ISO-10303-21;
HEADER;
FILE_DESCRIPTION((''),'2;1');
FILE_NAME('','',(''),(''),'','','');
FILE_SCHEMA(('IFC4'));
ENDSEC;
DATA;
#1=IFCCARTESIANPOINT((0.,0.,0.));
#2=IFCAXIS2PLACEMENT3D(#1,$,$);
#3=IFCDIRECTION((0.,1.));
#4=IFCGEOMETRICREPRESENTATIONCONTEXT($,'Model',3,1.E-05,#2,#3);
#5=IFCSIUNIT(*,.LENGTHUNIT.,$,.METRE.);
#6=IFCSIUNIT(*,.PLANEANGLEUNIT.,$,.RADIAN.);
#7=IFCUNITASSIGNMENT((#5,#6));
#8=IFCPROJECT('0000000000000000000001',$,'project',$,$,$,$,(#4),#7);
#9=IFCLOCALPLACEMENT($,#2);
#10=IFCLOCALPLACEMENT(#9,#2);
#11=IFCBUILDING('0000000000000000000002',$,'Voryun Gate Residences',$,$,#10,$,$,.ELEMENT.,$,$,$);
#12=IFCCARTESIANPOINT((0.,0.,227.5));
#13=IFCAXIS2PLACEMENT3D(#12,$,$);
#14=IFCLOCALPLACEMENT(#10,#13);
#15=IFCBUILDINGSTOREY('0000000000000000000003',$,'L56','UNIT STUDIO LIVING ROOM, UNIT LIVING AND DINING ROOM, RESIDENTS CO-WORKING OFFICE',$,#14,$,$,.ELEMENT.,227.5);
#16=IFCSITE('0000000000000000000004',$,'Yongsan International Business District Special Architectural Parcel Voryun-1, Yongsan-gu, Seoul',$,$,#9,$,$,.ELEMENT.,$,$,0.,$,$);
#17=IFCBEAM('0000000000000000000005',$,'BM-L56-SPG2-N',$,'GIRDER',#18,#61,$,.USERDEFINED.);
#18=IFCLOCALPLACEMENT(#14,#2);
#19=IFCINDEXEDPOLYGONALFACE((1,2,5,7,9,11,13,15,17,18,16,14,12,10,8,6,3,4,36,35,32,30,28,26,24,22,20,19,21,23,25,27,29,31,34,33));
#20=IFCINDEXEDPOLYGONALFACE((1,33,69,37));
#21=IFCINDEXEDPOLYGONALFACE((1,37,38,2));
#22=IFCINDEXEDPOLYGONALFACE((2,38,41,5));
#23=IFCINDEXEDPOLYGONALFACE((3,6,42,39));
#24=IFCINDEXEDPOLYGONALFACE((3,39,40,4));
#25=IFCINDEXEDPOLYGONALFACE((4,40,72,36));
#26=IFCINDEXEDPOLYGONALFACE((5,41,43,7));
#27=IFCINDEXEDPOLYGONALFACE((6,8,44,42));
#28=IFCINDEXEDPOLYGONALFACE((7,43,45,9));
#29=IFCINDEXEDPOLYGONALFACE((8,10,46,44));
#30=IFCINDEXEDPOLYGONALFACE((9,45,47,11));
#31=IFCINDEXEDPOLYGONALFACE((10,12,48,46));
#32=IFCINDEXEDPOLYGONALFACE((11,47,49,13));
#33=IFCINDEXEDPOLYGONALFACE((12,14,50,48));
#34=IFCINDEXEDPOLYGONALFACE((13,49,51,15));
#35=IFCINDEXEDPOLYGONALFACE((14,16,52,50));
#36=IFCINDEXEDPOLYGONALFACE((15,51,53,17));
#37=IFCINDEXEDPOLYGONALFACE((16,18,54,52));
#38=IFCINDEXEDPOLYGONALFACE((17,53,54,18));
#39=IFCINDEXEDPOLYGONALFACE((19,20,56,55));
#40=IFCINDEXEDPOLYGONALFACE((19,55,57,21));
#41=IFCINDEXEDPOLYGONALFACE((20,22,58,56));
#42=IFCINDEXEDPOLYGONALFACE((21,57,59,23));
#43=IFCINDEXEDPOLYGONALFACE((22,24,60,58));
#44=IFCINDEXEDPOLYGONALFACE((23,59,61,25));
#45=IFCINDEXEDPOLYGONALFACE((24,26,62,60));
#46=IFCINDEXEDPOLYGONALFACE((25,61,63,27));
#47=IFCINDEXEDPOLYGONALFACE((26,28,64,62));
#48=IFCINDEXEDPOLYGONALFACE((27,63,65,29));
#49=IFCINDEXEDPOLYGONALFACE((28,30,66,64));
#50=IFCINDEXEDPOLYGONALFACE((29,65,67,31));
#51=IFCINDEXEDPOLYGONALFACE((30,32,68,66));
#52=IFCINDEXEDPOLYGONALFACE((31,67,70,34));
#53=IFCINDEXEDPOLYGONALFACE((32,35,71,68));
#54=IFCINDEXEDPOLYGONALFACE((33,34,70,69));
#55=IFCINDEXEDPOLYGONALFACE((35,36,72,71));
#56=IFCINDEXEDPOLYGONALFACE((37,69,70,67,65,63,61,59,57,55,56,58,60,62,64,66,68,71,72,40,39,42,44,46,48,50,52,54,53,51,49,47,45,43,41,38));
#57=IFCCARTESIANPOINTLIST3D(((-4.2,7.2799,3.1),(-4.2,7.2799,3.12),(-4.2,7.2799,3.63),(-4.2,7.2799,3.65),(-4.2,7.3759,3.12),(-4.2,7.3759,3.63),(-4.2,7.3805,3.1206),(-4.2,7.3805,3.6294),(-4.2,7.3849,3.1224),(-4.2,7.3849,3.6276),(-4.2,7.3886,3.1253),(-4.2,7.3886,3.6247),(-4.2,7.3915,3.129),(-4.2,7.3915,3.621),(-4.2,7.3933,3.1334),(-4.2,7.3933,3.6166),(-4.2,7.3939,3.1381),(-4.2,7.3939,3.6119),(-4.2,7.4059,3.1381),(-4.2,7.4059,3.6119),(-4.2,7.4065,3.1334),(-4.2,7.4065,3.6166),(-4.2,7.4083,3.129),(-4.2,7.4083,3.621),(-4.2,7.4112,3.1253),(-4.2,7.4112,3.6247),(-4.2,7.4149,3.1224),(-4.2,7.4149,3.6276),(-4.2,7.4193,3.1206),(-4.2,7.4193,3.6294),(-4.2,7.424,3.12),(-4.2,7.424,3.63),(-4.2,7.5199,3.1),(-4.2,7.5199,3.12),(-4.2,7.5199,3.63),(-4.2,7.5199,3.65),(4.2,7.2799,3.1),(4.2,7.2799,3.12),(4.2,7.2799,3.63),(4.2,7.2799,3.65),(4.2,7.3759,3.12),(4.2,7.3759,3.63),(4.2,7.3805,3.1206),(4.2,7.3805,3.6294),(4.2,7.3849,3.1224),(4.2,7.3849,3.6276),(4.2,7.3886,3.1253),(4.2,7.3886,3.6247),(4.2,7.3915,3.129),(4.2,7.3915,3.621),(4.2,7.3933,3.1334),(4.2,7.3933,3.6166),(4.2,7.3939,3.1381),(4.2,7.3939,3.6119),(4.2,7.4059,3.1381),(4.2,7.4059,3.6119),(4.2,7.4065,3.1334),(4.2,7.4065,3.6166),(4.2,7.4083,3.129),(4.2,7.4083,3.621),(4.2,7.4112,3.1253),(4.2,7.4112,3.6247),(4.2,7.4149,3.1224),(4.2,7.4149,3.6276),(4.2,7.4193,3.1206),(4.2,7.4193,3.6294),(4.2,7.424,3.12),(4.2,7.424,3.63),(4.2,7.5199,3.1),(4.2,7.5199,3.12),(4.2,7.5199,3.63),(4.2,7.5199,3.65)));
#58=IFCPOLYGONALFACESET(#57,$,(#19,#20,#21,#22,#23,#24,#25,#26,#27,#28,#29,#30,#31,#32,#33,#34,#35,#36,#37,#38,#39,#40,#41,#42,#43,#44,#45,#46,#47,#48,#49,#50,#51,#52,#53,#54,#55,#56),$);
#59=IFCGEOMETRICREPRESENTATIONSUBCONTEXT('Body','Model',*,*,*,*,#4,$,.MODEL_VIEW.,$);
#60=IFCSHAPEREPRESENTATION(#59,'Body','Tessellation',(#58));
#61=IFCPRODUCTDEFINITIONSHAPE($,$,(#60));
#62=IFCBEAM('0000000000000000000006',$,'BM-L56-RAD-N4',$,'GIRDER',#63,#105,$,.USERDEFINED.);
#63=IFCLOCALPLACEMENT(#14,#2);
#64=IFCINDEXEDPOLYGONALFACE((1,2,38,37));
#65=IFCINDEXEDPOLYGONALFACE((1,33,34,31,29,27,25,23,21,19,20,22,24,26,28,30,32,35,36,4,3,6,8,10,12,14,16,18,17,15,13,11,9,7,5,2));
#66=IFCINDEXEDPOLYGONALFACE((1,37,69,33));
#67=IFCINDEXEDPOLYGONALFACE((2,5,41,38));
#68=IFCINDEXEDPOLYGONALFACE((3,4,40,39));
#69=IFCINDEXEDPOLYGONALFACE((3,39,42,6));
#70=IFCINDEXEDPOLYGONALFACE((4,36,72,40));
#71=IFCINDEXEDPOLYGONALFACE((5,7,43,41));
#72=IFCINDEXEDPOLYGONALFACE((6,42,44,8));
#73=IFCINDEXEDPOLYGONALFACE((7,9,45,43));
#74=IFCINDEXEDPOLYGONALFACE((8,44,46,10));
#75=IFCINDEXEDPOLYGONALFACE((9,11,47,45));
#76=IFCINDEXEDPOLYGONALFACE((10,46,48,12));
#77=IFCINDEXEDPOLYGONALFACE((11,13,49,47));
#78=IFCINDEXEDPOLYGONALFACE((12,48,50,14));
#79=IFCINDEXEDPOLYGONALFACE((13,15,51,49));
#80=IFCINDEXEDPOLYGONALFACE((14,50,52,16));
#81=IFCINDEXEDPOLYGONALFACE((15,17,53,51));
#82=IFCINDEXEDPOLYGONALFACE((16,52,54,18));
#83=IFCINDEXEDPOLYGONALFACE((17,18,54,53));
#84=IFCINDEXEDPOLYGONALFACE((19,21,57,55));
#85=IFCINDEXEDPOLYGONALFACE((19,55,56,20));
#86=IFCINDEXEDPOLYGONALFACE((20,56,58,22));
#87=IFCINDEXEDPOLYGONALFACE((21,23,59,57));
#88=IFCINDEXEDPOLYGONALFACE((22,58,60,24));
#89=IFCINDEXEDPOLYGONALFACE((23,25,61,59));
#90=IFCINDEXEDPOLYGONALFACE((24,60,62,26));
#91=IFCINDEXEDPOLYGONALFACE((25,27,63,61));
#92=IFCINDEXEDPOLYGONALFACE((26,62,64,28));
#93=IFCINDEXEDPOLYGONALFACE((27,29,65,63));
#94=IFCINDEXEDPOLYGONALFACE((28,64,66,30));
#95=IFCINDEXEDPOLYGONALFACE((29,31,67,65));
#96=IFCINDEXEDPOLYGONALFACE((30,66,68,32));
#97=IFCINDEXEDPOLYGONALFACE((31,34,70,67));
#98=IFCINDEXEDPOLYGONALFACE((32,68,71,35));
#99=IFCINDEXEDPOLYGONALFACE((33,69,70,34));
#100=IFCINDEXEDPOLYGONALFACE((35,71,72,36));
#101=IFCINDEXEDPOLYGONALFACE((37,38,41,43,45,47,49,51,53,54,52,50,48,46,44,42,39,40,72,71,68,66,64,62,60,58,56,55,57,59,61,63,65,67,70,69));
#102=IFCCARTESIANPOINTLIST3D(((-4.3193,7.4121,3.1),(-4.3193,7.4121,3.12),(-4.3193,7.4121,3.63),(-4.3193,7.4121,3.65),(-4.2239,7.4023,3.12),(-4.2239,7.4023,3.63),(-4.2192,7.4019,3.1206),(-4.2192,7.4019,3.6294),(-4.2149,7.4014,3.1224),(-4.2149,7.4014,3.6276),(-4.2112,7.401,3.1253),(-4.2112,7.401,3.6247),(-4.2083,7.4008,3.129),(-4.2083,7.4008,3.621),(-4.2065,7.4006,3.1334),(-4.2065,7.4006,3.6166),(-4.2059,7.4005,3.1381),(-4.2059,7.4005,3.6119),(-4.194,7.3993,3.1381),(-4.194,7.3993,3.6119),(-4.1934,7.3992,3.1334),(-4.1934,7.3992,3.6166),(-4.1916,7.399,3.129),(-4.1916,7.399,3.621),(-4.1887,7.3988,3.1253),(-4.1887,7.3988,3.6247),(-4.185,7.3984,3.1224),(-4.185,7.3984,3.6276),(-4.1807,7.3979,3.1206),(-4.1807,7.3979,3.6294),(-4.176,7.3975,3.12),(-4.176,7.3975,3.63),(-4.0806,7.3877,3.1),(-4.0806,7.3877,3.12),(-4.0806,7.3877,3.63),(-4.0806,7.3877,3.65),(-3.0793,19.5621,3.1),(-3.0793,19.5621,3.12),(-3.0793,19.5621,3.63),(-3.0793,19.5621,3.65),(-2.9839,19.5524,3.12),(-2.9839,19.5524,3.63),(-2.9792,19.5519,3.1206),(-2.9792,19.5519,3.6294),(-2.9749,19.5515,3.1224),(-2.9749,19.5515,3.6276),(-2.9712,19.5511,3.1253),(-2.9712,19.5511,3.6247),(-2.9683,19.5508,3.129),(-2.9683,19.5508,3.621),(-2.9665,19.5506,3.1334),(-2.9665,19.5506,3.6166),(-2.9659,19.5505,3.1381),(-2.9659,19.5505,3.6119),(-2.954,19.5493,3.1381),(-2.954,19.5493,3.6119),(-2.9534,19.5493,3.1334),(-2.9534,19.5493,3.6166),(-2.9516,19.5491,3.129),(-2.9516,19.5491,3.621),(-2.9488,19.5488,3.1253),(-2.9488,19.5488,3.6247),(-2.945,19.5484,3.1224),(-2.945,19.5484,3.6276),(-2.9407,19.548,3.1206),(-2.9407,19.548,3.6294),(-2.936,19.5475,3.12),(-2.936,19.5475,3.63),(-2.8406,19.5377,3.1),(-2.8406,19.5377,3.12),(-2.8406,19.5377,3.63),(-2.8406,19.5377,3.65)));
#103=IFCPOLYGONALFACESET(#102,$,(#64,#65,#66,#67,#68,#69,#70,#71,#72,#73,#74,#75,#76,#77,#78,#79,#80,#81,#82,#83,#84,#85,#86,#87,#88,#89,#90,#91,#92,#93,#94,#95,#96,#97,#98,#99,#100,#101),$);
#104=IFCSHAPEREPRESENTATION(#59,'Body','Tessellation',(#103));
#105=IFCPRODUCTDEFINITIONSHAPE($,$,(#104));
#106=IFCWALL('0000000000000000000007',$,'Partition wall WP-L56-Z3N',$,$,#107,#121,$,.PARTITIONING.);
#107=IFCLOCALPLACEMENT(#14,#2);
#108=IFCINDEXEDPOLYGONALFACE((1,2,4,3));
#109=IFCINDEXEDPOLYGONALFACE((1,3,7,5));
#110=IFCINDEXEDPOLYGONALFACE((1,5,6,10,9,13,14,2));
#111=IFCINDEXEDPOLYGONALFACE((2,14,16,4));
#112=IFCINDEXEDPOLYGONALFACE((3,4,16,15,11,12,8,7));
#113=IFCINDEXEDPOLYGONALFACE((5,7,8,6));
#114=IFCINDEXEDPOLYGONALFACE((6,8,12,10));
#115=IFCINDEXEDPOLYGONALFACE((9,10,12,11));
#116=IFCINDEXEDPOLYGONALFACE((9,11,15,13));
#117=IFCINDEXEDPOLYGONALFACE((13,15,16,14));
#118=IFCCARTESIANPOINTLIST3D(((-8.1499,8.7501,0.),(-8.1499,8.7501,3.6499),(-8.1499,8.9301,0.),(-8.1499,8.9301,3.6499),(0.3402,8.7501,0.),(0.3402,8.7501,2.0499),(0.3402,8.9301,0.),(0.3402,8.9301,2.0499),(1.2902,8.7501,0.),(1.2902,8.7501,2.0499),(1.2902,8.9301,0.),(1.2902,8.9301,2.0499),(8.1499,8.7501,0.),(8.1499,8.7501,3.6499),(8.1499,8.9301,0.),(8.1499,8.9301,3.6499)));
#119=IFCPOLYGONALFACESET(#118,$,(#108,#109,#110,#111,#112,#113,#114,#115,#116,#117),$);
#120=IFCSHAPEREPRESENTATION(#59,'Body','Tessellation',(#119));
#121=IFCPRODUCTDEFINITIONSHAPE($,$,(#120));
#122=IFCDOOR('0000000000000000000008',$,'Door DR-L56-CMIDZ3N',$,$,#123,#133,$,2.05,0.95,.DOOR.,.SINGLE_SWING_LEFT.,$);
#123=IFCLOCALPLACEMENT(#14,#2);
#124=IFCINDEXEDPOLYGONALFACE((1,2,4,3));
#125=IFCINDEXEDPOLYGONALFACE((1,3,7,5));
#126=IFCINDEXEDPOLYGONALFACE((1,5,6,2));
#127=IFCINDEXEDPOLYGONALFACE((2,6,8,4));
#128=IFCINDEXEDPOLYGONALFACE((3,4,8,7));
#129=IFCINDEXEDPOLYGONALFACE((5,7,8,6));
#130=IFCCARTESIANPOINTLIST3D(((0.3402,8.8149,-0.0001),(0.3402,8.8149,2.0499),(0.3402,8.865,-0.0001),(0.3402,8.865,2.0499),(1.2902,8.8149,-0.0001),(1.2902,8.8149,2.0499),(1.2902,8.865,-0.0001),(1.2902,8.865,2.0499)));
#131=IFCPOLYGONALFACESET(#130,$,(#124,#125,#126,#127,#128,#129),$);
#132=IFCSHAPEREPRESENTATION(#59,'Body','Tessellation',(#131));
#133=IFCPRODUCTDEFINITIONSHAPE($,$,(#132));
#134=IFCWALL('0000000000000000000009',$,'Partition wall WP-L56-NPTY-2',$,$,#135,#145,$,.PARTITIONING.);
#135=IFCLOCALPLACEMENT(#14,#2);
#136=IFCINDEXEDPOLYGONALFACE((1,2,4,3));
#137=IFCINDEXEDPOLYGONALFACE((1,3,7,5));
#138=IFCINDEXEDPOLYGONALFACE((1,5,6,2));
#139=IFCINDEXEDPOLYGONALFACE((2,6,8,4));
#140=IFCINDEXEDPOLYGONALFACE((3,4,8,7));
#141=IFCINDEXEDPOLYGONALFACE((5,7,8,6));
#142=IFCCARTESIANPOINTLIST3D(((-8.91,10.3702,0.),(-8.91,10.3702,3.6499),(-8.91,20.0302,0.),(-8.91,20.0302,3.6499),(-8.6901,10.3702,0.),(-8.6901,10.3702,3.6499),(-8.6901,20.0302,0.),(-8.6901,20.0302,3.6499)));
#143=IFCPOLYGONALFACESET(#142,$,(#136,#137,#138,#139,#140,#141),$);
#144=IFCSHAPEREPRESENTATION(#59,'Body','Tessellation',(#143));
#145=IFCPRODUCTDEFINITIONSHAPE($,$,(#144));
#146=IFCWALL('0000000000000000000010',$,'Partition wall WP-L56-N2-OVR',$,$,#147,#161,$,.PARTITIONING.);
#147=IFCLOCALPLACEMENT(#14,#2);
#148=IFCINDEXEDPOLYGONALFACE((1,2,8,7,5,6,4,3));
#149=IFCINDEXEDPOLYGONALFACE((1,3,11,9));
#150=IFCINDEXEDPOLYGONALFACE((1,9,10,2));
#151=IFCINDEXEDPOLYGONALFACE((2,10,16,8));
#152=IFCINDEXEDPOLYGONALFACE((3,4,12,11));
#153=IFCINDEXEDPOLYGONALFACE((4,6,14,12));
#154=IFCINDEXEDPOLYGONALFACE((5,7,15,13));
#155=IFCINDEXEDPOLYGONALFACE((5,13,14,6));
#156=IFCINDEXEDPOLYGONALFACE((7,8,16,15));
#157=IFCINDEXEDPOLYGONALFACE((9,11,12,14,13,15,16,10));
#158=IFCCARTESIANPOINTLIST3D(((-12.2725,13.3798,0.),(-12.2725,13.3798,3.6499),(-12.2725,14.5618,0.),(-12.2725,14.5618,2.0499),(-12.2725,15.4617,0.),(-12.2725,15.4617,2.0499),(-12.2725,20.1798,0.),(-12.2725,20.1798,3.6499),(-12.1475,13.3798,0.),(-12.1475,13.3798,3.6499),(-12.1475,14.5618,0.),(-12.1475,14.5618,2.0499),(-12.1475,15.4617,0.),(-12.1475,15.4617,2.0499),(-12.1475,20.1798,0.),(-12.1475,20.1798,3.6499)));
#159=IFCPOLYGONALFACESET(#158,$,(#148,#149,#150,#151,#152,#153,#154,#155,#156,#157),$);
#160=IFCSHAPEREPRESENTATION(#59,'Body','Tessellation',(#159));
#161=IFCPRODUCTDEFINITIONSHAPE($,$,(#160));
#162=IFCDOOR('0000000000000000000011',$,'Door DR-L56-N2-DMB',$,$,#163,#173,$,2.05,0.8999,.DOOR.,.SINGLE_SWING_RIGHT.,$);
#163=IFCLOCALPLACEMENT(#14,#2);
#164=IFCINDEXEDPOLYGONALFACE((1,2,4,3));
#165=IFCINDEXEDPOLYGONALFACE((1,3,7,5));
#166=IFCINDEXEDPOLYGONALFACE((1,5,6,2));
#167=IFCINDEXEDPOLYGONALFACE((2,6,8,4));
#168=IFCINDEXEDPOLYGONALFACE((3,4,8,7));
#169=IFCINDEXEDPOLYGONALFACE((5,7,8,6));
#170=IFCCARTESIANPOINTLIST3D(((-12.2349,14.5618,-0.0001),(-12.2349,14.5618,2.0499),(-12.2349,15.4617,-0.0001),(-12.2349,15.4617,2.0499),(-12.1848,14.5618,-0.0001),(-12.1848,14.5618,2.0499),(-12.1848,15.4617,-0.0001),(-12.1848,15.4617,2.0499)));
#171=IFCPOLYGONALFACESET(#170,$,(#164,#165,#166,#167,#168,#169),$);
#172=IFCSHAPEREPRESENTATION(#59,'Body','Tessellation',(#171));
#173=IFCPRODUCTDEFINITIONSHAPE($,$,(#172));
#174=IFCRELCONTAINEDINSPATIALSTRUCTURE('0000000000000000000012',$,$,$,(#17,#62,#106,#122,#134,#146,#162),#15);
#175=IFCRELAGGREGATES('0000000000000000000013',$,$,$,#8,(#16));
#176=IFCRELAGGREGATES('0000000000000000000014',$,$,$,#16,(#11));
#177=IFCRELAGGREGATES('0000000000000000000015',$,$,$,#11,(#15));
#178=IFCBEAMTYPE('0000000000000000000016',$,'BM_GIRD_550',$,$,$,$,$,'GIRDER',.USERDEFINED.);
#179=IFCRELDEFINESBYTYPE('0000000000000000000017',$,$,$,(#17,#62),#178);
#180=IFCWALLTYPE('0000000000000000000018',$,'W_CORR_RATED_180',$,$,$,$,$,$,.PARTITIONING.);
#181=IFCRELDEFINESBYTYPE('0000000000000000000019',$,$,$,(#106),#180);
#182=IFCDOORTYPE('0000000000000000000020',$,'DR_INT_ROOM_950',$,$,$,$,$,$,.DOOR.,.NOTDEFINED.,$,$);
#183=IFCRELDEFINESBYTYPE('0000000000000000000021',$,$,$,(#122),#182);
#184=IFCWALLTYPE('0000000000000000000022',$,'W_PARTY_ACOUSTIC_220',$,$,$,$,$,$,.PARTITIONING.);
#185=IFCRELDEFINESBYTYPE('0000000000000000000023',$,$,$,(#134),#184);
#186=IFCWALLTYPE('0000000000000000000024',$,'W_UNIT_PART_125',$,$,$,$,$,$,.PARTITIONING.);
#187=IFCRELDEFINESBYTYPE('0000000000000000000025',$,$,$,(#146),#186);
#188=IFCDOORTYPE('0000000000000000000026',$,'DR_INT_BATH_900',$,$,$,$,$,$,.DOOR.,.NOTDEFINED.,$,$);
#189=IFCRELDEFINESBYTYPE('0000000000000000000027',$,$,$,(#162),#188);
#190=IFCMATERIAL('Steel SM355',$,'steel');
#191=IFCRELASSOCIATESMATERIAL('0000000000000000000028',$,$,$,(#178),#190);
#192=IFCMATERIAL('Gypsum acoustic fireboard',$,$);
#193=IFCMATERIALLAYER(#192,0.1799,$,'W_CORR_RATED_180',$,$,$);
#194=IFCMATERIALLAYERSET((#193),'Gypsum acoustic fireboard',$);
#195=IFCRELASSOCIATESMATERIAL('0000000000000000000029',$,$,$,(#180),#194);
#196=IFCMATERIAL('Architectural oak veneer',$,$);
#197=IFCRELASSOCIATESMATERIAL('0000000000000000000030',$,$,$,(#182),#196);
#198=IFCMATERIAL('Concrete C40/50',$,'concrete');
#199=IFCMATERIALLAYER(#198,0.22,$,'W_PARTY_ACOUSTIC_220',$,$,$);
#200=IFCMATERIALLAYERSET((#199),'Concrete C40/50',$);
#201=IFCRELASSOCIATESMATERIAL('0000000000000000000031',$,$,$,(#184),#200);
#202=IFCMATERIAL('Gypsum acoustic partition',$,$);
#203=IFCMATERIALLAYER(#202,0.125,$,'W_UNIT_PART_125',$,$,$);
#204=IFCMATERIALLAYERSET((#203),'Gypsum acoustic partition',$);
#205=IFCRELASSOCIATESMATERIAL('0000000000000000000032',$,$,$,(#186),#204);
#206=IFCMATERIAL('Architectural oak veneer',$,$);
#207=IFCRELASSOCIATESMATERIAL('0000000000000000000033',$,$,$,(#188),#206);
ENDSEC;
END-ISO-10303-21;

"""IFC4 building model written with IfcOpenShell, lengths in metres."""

from ifc_helpers import new_model, si_unit, direction, frame, frame_2d, origin, origin_2d, place, context, subcontext, project, spatial, rectangle, i_section, extrude, material, layer, layer_set, material_profile, profile_set, type_object, element, fill, save


model = new_model("IFC4")

# Units and contexts
model_context = context("Model", 3, precision=1e-05, world=origin(), true_north=direction((0.0, 1.0)))
body_context = subcontext(model_context, "Body", "Model", "MODEL_VIEW")
ifc_project = project(units=[si_unit("LENGTHUNIT", "METRE"), si_unit("PLANEANGLEUNIT", "RADIAN")], contexts=[model_context])

# Site, building, storey
site_placement = place(None, origin())
site = spatial("IfcSite", under=ifc_project, at=site_placement, Name="Yongsan International Business District Special Architectural Parcel Voryun-1, Yongsan-gu, Seoul", CompositionType="ELEMENT", RefElevation=0.0)
building_placement = place(site_placement, origin())
building = spatial("IfcBuilding", under=site, at=building_placement, Name="Voryun Gate Residences", CompositionType="ELEMENT")
storey_placement = place(building_placement, frame((0.0, 0.0, 227.5)))
storey = spatial("IfcBuildingStorey", under=building, at=storey_placement, Name="L56", Description="UNIT STUDIO LIVING ROOM, UNIT LIVING AND DINING ROOM, RESIDENTS CO-WORKING OFFICE", CompositionType="ELEMENT", Elevation=227.5)

# Beams
ifc_material_1 = material(Name="Steel SM355", Category="steel")
ifc_material_profile_1 = material_profile(ifc_material_1, i_section(OverallWidth=0.24, OverallDepth=0.55, WebThickness=0.012, FlangeThickness=0.02, FilletRadius=0.0181, at=origin_2d()), Name="H-550x240x12x20")
ifc_profile_set_1 = profile_set([ifc_material_profile_1], Name="Steel SM355")
beam_type_1 = type_object("IfcBeamType", Name="BM_GIRD_550", ElementType="GIRDER", PredefinedType="USERDEFINED", material=ifc_profile_set_1)
beam_1_placement = place(storey_placement, frame((-4.2, 7.3999, 3.375), z_axis=(1.0, 0.0, 0.0), x_axis=(0.0, 1.0, 0.0)))
element("IfcBeam", 1, at=beam_1_placement, inside=storey, type_object=beam_type_1, Name="BM-L56-SPG2-N", ObjectType="GIRDER", PredefinedType="USERDEFINED", context=body_context, shape_type="SweptSolid", body=[
    extrude(i_section(OverallWidth=0.24, OverallDepth=0.55, WebThickness=0.012, FlangeThickness=0.02, FilletRadius=0.0181, at=origin_2d()), origin(), (0.0, 0.0, 1.0), 8.3999),
])
beam_2_placement = place(storey_placement, frame((-4.2, 7.3999, 3.375), z_axis=(0.101528, 0.994833, 0.0), x_axis=(-0.994833, 0.101528, 0.0)))
element("IfcBeam", 2, at=beam_2_placement, inside=storey, type_object=beam_type_1, Name="BM-L56-RAD-N4", ObjectType="GIRDER", PredefinedType="USERDEFINED", context=body_context, shape_type="SweptSolid", body=[
    extrude(i_section(OverallWidth=0.24, OverallDepth=0.55, WebThickness=0.012, FlangeThickness=0.02, FilletRadius=0.0181, at=origin_2d()), origin(), (0.0, 0.0, 1.0), 12.2131),
])

# Wall, opening, door
ifc_material_2 = material(Name="Gypsum acoustic fireboard")
ifc_layer_1 = layer(ifc_material_2, 0.1799, Name="W_CORR_RATED_180")
ifc_layer_set_1 = layer_set([ifc_layer_1], Name="Gypsum acoustic fireboard")
wall_type_1 = type_object("IfcWallType", Name="W_CORR_RATED_180", PredefinedType="PARTITIONING", material=ifc_layer_set_1)
wall_1_placement = place(storey_placement, frame((-8.1499, 8.8401, 0.0), z_axis=(0.0, 0.0, 1.0), x_axis=(1.0, 0.0, 0.0)))
wall_1 = element("IfcWall", 3, at=wall_1_placement, inside=storey, type_object=wall_type_1, Name="Partition wall WP-L56-Z3N", PredefinedType="PARTITIONING", context=body_context, shape_type="SweptSolid", body=[
    extrude(rectangle(XDim=16.2998, YDim=0.1799, at=frame_2d((8.1499, 0.0))), origin(), (0.0, 0.0, 1.0), 3.6499),
])
opening_1_placement = place(wall_1_placement, frame((8.49, 0.0, 0.0)))
opening_1 = element("IfcOpeningElement", 4, at=opening_1_placement, cuts=wall_1, PredefinedType="OPENING", context=body_context, shape_type="SweptSolid", body=[
    extrude(rectangle(XDim=0.95, YDim=2.05, at=frame_2d((0.4751, 1.0249))), frame((0.0, 0.0999, 0.0), z_axis=(0.0, -1.0, 0.0), x_axis=(1.0, 0.0, 0.0)), (0.0, 0.0, 1.0), 0.2),
])
ifc_material_3 = material(Name="Architectural oak veneer")
door_type_1 = type_object("IfcDoorType", Name="DR_INT_ROOM_950", OperationType="NOTDEFINED", PredefinedType="DOOR", material=ifc_material_3)
door_1_placement = place(opening_1_placement, origin())
door_1 = element("IfcDoor", 5, at=door_1_placement, inside=storey, type_object=door_type_1, Name="Door DR-L56-CMIDZ3N", OperationType="SINGLE_SWING_LEFT", OverallHeight=2.05, OverallWidth=0.95, PredefinedType="DOOR", context=body_context, shape_type="SweptSolid", body=[
    extrude(rectangle(XDim=0.95, YDim=2.05, at=frame_2d((0.4751, 1.0249))), frame((0.0, 0.0249, 0.0), z_axis=(0.0, -1.0, 0.0), x_axis=(1.0, 0.0, 0.0)), (0.0, 0.0, 1.0), 0.05),
])
fill(opening_1, door_1)

# Wall
ifc_material_4 = material(Name="Concrete C40/50", Category="concrete")
ifc_layer_2 = layer(ifc_material_4, 0.22, Name="W_PARTY_ACOUSTIC_220")
ifc_layer_set_2 = layer_set([ifc_layer_2], Name="Concrete C40/50")
wall_type_2 = type_object("IfcWallType", Name="W_PARTY_ACOUSTIC_220", PredefinedType="PARTITIONING", material=ifc_layer_set_2)
wall_2_placement = place(storey_placement, frame((-8.8, 10.3701, 0.0), z_axis=(0.0, 0.0, 1.0), x_axis=(0.0, 1.0, 0.0)))
element("IfcWall", 6, at=wall_2_placement, inside=storey, type_object=wall_type_2, Name="Partition wall WP-L56-NPTY-2", PredefinedType="PARTITIONING", context=body_context, shape_type="SweptSolid", body=[
    extrude(rectangle(XDim=9.6599, YDim=0.22, at=frame_2d((4.8301, 0.0))), origin(), (0.0, 0.0, 1.0), 3.6499),
])

# Wall, opening, door
ifc_material_5 = material(Name="Gypsum acoustic partition")
ifc_layer_3 = layer(ifc_material_5, 0.125, Name="W_UNIT_PART_125")
ifc_layer_set_3 = layer_set([ifc_layer_3], Name="Gypsum acoustic partition")
wall_type_3 = type_object("IfcWallType", Name="W_UNIT_PART_125", PredefinedType="PARTITIONING", material=ifc_layer_set_3)
wall_3_placement = place(storey_placement, frame((-12.21, 13.3799, 0.0), z_axis=(0.0, 0.0, 1.0), x_axis=(0.0, 1.0, 0.0)))
wall_3 = element("IfcWall", 7, at=wall_3_placement, inside=storey, type_object=wall_type_3, Name="Partition wall WP-L56-N2-OVR", PredefinedType="PARTITIONING", context=body_context, shape_type="SweptSolid", body=[
    extrude(rectangle(XDim=6.8, YDim=0.125, at=frame_2d((3.3999, 0.0))), origin(), (0.0, 0.0, 1.0), 3.6499),
])
opening_2_placement = place(wall_3_placement, frame((1.1819, 0.0, 0.0)))
opening_2 = element("IfcOpeningElement", 8, at=opening_2_placement, cuts=wall_3, PredefinedType="OPENING", context=body_context, shape_type="SweptSolid", body=[
    extrude(rectangle(XDim=0.8999, YDim=2.05, at=frame_2d((0.45, 1.0249))), frame((0.0, 0.0725, 0.0), z_axis=(0.0, -1.0, 0.0), x_axis=(1.0, 0.0, 0.0)), (0.0, 0.0, 1.0), 0.145),
])
ifc_material_6 = material(Name="Architectural oak veneer")
door_type_2 = type_object("IfcDoorType", Name="DR_INT_BATH_900", OperationType="NOTDEFINED", PredefinedType="DOOR", material=ifc_material_6)
door_2_placement = place(opening_2_placement, origin())
door_2 = element("IfcDoor", 9, at=door_2_placement, inside=storey, type_object=door_type_2, Name="Door DR-L56-N2-DMB", OperationType="SINGLE_SWING_RIGHT", OverallHeight=2.05, OverallWidth=0.8999, PredefinedType="DOOR", context=body_context, shape_type="SweptSolid", body=[
    extrude(rectangle(XDim=0.8999, YDim=2.05, at=frame_2d((0.45, 1.0249))), frame((0.0, 0.0249, 0.0), z_axis=(0.0, -1.0, 0.0), x_axis=(1.0, 0.0, 0.0)), (0.0, 0.0, 1.0), 0.05),
])
fill(opening_2, door_2)

save(model, "model.ifc")
